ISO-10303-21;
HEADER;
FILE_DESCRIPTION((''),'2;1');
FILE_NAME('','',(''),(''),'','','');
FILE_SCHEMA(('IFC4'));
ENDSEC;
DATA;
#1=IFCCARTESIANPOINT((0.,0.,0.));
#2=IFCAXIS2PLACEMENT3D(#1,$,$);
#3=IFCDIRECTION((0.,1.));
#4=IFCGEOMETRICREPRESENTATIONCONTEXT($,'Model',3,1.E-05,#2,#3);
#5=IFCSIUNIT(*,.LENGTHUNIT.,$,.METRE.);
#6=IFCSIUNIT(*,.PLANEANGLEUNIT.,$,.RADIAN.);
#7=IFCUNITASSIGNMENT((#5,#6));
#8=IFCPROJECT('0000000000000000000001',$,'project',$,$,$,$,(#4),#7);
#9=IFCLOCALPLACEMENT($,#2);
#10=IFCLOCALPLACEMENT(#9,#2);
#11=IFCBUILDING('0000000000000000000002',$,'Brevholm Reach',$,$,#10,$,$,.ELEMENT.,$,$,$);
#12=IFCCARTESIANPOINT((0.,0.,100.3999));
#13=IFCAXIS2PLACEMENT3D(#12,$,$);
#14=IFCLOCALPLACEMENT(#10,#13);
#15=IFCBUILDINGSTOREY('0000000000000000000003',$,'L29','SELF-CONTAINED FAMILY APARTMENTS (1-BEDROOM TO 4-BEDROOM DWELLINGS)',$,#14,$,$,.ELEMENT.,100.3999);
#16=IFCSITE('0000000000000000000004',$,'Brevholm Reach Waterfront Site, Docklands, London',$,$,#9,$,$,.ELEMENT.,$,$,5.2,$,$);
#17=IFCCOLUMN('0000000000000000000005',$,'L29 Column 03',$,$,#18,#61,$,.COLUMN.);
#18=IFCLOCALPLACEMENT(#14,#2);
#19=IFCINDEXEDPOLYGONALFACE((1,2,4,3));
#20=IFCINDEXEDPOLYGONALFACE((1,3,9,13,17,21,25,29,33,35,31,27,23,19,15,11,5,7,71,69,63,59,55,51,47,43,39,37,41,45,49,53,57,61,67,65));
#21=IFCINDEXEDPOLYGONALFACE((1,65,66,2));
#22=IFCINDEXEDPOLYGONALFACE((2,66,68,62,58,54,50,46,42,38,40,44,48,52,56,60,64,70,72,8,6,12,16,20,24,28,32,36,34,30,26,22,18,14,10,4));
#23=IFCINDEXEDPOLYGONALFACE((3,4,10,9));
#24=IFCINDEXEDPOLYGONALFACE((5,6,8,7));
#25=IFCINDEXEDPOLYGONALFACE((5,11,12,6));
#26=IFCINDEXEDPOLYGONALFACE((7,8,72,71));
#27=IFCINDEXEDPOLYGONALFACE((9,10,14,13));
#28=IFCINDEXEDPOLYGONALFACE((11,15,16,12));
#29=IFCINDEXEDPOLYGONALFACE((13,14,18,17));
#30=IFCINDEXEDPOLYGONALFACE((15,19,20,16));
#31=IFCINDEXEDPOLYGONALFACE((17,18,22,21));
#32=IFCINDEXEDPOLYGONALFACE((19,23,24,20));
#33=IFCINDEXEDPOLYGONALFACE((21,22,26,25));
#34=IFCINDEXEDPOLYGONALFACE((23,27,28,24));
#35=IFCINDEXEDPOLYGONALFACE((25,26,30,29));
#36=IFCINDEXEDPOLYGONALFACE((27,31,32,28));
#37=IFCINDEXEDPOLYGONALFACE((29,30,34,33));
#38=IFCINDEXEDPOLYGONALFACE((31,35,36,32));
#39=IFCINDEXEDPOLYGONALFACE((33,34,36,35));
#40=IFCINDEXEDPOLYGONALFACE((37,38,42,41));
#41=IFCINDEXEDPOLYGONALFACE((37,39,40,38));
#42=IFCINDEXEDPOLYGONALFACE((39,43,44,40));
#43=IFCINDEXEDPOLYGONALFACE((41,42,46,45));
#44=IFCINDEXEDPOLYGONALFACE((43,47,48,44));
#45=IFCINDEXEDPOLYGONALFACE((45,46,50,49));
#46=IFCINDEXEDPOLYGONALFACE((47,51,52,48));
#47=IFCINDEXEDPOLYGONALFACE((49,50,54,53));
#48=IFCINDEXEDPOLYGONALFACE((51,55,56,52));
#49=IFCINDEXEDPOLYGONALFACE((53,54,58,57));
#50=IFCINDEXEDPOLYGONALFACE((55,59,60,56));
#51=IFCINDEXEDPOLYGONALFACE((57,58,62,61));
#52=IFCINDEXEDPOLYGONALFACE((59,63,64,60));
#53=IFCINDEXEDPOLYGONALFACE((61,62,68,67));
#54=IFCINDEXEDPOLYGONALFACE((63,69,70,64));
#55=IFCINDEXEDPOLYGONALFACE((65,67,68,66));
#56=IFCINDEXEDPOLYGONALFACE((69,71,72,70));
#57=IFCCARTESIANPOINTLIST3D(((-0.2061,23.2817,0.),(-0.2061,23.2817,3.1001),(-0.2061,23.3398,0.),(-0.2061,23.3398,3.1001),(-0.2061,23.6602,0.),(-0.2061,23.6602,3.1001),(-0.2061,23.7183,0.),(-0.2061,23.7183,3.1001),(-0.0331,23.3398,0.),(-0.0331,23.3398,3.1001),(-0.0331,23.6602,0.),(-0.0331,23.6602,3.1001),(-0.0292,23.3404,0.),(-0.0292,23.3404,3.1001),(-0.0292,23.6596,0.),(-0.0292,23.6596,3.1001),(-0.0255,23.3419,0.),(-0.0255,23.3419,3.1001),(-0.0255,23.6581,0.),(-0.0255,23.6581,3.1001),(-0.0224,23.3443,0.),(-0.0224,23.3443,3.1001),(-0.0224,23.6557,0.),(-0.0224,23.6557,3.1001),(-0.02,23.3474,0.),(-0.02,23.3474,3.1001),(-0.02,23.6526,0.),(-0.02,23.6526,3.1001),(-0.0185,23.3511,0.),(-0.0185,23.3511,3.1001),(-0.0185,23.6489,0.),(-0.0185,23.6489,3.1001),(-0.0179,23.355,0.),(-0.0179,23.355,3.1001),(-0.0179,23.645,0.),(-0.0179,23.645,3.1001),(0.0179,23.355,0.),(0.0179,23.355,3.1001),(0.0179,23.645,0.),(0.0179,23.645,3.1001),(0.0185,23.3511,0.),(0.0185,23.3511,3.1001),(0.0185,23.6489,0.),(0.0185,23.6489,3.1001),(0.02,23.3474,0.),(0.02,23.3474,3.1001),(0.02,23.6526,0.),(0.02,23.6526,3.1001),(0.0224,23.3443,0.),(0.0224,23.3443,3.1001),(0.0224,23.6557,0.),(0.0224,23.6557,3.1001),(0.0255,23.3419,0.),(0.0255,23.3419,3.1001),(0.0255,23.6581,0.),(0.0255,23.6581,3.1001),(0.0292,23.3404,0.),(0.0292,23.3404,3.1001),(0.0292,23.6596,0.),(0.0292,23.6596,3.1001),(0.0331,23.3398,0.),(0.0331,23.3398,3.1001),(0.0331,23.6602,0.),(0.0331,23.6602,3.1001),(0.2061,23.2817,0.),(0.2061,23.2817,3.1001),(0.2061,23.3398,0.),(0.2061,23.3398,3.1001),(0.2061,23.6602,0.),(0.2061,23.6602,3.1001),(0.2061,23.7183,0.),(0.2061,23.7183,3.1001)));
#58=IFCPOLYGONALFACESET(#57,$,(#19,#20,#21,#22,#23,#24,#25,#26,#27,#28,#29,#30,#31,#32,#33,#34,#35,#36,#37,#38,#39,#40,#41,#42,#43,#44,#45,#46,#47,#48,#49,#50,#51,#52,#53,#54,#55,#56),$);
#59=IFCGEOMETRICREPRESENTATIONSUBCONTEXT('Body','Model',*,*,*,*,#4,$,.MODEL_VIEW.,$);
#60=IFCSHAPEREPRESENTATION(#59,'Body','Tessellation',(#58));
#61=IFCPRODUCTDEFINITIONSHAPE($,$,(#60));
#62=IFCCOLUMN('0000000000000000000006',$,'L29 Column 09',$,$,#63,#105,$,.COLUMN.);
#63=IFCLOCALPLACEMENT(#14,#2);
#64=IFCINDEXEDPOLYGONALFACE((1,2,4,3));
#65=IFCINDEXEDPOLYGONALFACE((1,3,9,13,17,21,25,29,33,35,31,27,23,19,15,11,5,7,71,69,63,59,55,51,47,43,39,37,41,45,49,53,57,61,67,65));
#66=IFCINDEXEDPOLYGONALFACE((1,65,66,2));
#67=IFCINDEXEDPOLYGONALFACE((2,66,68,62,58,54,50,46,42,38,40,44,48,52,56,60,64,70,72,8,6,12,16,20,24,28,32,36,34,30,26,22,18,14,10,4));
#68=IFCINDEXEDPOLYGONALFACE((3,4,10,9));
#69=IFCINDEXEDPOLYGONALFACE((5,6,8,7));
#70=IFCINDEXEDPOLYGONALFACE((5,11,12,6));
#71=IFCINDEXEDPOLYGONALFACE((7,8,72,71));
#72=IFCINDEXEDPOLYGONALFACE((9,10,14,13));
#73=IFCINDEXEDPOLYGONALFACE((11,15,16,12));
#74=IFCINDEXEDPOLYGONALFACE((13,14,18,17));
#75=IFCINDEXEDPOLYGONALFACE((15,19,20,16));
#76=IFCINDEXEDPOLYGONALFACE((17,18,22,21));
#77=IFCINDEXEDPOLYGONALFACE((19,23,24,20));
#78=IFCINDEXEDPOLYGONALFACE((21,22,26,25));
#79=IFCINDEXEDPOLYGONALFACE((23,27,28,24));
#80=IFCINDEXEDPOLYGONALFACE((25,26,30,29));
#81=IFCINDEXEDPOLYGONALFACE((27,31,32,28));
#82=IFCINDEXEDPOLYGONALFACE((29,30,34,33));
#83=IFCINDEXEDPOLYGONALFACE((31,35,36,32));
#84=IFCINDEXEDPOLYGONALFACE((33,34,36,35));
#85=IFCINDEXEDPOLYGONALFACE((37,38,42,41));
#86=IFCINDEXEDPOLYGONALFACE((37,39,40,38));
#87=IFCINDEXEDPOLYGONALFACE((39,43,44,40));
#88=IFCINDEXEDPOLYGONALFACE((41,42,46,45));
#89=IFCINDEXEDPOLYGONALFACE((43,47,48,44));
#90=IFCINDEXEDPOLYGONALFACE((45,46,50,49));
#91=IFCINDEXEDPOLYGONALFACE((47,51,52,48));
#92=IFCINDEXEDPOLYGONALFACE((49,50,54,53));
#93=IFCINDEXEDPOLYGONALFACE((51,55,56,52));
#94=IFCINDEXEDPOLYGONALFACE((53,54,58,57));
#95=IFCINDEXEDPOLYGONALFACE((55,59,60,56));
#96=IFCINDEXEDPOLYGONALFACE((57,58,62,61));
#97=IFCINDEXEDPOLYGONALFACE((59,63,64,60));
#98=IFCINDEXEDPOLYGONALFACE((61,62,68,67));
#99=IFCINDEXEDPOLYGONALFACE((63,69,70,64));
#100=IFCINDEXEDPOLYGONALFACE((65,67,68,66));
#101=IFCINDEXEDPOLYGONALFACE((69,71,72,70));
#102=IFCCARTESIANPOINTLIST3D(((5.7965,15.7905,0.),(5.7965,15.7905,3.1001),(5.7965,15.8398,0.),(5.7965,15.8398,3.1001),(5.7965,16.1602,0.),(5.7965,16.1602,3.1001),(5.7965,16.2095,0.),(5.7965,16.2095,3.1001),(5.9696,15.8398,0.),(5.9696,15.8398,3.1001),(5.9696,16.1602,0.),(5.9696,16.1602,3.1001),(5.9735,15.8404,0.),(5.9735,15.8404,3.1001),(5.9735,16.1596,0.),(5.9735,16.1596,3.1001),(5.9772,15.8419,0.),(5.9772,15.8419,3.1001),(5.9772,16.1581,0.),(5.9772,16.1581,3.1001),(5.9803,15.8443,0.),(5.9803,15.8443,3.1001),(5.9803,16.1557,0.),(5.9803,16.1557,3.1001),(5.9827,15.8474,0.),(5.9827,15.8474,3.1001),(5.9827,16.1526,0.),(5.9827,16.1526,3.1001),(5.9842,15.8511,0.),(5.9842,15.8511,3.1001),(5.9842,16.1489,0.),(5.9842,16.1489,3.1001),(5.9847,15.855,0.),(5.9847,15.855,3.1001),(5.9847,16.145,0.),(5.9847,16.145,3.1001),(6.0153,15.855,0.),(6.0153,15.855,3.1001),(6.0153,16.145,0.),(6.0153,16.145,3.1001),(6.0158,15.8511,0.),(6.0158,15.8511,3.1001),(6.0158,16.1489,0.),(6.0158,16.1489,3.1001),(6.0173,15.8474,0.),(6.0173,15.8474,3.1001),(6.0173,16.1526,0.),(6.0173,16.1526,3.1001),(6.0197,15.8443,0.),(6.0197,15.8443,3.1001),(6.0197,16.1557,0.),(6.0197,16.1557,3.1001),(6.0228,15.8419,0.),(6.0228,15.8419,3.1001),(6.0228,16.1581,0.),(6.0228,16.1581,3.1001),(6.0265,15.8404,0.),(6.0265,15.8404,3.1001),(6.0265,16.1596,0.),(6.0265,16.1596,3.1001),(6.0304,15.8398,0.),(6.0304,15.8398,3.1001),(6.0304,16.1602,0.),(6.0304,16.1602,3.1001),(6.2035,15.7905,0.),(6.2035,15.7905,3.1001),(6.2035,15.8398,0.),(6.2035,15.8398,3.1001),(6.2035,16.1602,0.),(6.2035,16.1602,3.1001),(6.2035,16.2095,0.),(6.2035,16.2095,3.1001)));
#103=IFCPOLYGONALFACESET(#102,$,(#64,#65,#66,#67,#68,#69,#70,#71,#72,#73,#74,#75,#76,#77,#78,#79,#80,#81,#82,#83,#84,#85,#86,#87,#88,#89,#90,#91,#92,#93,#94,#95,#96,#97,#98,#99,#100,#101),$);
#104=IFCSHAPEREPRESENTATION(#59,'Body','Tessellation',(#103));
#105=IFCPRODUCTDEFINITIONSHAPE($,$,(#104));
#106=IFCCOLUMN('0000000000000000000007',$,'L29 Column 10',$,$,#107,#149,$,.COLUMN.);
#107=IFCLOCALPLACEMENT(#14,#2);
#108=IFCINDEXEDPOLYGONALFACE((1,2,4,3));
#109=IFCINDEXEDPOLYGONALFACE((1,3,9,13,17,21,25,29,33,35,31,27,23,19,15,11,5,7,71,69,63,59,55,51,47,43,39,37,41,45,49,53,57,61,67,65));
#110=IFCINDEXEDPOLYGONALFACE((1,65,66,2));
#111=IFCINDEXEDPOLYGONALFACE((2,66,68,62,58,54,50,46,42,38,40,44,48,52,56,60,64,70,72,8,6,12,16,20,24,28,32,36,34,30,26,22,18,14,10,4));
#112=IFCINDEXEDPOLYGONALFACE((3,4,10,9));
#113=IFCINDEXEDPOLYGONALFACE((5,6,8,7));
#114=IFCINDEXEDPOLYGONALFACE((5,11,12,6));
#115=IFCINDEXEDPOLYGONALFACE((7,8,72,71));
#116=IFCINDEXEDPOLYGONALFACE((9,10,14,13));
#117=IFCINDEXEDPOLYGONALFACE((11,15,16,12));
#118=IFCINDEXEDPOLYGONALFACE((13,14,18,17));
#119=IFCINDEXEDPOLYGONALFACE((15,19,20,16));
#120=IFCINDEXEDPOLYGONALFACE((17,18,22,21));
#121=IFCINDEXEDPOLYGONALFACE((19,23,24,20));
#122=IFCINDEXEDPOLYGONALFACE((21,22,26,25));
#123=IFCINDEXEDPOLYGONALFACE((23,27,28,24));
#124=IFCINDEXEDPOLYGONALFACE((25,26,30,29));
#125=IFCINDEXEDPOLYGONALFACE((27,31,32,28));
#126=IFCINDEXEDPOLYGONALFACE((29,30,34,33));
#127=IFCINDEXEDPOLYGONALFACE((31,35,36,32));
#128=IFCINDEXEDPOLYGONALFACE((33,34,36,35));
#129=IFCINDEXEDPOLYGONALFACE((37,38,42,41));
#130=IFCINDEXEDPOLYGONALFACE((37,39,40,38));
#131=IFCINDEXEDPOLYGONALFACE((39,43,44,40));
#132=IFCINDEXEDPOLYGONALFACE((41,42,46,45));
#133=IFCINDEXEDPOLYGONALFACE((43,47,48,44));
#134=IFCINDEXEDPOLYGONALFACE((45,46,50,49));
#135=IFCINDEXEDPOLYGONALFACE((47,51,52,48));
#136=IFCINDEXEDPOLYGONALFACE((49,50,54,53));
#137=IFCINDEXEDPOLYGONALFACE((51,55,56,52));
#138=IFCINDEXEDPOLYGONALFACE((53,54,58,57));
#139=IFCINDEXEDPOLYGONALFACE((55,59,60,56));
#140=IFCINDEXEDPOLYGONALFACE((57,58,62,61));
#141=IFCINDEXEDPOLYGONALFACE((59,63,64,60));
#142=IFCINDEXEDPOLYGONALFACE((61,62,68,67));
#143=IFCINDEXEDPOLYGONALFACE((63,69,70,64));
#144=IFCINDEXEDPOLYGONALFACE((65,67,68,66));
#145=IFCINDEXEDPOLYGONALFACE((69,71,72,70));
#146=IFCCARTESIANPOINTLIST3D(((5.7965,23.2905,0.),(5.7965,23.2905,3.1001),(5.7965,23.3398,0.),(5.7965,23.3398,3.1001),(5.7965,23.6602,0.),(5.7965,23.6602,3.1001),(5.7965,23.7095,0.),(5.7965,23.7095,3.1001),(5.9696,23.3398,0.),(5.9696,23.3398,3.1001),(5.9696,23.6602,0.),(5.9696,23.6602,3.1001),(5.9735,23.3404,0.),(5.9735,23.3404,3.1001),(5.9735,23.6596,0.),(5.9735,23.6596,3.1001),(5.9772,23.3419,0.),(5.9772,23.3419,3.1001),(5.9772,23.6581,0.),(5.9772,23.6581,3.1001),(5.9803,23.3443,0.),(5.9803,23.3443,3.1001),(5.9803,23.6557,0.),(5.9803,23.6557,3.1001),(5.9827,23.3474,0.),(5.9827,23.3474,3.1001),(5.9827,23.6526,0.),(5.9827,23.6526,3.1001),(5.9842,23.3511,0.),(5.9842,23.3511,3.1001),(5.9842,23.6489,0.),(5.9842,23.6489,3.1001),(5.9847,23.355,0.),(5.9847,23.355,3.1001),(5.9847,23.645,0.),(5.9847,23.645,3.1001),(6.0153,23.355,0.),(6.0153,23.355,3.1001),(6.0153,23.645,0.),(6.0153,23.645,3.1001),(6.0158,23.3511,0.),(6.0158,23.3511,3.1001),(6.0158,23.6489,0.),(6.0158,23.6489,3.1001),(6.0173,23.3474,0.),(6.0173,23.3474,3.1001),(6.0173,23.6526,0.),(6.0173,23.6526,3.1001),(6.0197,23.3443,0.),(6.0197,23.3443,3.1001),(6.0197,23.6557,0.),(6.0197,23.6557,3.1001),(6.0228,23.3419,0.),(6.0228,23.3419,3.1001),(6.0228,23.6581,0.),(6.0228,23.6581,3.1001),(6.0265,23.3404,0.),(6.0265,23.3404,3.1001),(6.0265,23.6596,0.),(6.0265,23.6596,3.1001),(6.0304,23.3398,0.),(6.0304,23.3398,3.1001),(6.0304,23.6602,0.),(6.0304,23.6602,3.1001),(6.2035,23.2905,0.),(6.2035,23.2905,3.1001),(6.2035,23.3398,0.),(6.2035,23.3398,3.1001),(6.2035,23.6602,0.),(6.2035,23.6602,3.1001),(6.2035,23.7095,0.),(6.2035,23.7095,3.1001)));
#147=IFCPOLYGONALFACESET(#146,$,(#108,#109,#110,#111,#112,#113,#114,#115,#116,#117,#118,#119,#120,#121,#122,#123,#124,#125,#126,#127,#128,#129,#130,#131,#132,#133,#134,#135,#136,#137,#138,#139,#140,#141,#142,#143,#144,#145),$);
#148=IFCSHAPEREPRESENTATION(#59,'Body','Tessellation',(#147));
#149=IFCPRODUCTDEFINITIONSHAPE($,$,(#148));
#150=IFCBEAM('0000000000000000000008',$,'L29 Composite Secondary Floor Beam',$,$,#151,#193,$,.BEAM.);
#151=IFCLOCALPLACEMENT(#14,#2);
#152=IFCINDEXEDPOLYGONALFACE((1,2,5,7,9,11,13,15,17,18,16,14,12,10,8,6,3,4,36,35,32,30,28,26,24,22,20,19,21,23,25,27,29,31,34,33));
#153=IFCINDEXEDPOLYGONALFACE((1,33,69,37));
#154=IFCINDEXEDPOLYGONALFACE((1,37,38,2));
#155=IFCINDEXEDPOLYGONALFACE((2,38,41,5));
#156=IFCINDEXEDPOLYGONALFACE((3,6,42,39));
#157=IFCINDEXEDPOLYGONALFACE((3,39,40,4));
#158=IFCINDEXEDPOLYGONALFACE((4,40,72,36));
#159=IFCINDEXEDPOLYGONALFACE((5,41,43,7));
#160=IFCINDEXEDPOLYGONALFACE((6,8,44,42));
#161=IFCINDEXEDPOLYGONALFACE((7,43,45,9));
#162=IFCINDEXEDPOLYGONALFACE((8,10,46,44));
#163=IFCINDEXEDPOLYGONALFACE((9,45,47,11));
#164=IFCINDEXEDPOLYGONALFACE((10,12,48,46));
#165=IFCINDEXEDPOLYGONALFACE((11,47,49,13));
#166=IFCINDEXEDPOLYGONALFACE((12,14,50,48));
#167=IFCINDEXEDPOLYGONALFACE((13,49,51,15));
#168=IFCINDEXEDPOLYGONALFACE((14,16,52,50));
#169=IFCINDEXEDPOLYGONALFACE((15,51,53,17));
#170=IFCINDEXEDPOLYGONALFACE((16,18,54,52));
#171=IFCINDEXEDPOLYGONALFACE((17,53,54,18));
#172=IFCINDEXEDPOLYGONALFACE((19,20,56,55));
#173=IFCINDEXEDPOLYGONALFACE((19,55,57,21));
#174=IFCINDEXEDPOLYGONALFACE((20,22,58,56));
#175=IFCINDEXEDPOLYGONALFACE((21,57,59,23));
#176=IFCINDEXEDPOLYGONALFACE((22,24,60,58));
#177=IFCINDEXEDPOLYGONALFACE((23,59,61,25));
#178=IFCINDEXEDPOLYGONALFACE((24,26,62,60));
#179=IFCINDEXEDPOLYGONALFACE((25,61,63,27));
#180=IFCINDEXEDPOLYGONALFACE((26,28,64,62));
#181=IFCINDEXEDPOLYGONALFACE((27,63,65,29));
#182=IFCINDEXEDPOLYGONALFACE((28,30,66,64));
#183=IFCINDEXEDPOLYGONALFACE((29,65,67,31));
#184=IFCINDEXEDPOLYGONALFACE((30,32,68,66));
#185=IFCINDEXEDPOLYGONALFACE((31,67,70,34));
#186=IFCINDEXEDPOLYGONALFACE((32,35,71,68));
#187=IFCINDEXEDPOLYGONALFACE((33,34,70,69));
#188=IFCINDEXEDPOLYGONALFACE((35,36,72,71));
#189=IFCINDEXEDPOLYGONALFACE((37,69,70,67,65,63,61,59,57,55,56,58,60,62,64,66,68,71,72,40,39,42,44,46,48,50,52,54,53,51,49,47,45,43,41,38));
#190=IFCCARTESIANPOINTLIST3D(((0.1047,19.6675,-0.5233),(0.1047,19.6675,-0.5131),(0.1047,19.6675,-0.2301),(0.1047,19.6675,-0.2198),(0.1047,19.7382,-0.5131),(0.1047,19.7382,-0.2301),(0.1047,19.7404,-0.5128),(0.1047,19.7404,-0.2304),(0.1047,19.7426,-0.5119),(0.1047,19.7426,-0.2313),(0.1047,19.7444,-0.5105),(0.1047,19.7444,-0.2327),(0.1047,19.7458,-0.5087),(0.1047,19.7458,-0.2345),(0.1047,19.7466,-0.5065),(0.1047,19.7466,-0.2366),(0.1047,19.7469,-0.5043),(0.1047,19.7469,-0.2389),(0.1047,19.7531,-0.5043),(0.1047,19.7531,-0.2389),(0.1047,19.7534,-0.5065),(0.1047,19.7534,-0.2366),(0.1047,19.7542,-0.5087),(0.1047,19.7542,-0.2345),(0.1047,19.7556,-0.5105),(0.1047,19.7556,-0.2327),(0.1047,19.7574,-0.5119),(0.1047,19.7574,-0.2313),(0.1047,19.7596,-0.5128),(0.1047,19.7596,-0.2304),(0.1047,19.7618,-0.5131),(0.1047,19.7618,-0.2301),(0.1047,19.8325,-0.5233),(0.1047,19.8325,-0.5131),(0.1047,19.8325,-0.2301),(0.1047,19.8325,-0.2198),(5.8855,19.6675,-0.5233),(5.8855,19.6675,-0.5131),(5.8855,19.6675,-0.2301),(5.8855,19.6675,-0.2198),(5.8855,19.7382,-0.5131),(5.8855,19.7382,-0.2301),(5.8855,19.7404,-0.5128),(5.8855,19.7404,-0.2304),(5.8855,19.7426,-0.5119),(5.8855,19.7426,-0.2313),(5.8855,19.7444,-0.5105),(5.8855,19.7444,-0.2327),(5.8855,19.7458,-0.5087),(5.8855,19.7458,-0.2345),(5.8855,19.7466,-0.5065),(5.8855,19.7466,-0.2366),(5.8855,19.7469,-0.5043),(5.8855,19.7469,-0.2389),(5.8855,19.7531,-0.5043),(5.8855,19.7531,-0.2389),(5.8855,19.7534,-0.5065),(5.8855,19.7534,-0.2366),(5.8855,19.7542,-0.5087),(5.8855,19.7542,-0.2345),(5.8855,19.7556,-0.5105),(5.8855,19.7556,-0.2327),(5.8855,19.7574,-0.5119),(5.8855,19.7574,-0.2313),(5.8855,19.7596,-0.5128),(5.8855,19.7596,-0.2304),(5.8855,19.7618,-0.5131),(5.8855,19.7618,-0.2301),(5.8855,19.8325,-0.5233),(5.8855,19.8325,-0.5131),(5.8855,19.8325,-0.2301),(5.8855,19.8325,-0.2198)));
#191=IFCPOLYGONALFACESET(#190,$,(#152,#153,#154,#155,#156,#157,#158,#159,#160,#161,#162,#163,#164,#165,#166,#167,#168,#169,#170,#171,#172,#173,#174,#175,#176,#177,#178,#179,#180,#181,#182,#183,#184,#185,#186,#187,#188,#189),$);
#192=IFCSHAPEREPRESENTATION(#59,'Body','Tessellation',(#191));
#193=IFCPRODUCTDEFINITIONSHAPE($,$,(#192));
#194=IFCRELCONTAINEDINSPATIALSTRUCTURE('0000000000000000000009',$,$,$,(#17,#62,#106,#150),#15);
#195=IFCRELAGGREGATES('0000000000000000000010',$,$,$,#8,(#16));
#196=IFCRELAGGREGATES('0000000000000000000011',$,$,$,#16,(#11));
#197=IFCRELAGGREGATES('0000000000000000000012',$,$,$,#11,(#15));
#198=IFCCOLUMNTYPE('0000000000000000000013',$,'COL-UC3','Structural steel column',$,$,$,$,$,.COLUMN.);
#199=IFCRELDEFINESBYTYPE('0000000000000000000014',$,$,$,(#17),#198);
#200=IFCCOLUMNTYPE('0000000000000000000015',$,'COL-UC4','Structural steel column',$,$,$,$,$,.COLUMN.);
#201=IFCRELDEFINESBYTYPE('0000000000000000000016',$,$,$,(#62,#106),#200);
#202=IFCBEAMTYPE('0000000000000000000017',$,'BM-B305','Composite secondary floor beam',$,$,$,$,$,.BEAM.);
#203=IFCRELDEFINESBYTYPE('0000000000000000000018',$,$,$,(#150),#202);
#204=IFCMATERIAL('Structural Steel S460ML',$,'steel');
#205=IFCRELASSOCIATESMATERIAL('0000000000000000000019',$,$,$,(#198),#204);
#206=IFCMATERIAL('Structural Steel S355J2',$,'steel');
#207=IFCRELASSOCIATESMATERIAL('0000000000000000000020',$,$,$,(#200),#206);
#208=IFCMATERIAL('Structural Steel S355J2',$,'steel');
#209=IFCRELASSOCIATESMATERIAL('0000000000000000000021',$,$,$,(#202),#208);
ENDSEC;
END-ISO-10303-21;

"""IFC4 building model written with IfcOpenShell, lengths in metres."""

from ifc_helpers import new_model, si_unit, direction, frame, origin, origin_2d, place, context, subcontext, project, spatial, i_section, extrude, material, material_profile, profile_set, type_object, element, save


model = new_model("IFC4")

# Units and contexts
model_context = context("Model", 3, precision=1e-05, world=origin(), true_north=direction((0.0, 1.0)))
body_context = subcontext(model_context, "Body", "Model", "MODEL_VIEW")
ifc_project = project(units=[si_unit("LENGTHUNIT", "METRE"), si_unit("PLANEANGLEUNIT", "RADIAN")], contexts=[model_context])

# Site, building, storey
site_placement = place(None, origin())
site = spatial("IfcSite", under=ifc_project, at=site_placement, Name="Brevholm Reach Waterfront Site, Docklands, London", CompositionType="ELEMENT", RefElevation=5.2)
building_placement = place(site_placement, origin())
building = spatial("IfcBuilding", under=site, at=building_placement, Name="Brevholm Reach", CompositionType="ELEMENT")
storey_placement = place(building_placement, frame((0.0, 0.0, 100.3999)))
storey = spatial("IfcBuildingStorey", under=building, at=storey_placement, Name="L29", Description="SELF-CONTAINED FAMILY APARTMENTS (1-BEDROOM TO 4-BEDROOM DWELLINGS)", CompositionType="ELEMENT", Elevation=100.3999)

# Columns
ifc_material_1 = material(Name="Structural Steel S460ML", Category="steel")
ifc_material_profile_1 = material_profile(ifc_material_1, i_section(OverallWidth=0.4121, OverallDepth=0.4365, WebThickness=0.0359, FlangeThickness=0.0581, FilletRadius=0.0151, at=origin_2d()), Name="UKC 356x406x467")
ifc_profile_set_1 = profile_set([ifc_material_profile_1], Name="Structural Steel S460ML")
column_type_1 = type_object("IfcColumnType", Name="COL-UC3", Description="Structural steel column", PredefinedType="COLUMN", material=ifc_profile_set_1)
column_placement = place(storey_placement, frame((0.0, 23.5, 0.0), z_axis=(0.0, 0.0, 1.0), x_axis=(1.0, 0.0, 0.0)))
element("IfcColumn", 1, at=column_placement, inside=storey, type_object=column_type_1, Name="L29 Column 03", PredefinedType="COLUMN", context=body_context, shape_type="SweptSolid", body=[
    extrude(i_section(OverallWidth=0.4121, OverallDepth=0.4365, WebThickness=0.0359, FlangeThickness=0.0581, FilletRadius=0.0151, at=origin_2d()), origin(), (0.0, 0.0, 1.0), 3.1001),
])
ifc_material_2 = material(Name="Structural Steel S355J2", Category="steel")
ifc_material_profile_2 = material_profile(ifc_material_2, i_section(OverallWidth=0.407, OverallDepth=0.4189, WebThickness=0.0305, FlangeThickness=0.0493, FilletRadius=0.0151, at=origin_2d()), Name="UKC 356x406x393")
ifc_profile_set_2 = profile_set([ifc_material_profile_2], Name="Structural Steel S355J2")
column_type_2 = type_object("IfcColumnType", Name="COL-UC4", Description="Structural steel column", PredefinedType="COLUMN", material=ifc_profile_set_2)
for number, where, z_axis, x_axis, name in (
    (2, (6.0, 16.0, 0.0), (0.0, 0.0, 1.0), (1.0, 0.0, 0.0), "L29 Column 09"),
    (3, (6.0, 23.5, 0.0), (0.0, 0.0, 1.0), (1.0, 0.0, 0.0), "L29 Column 10"),
):
    element("IfcColumn", number, at=place(storey_placement, frame(where, z_axis=z_axis, x_axis=x_axis)), inside=storey, type_object=column_type_2, Name=name, PredefinedType="COLUMN", context=body_context, shape_type="SweptSolid", body=[
        extrude(i_section(OverallWidth=0.407, OverallDepth=0.4189, WebThickness=0.0305, FlangeThickness=0.0493, FilletRadius=0.0151, at=origin_2d()), origin(), (0.0, 0.0, 1.0), 3.1001),
    ])

# Beam
ifc_material_3 = material(Name="Structural Steel S355J2", Category="steel")
ifc_material_profile_3 = material_profile(ifc_material_3, i_section(OverallWidth=0.165, OverallDepth=0.3035, WebThickness=0.0061, FlangeThickness=0.0103, FilletRadius=0.0088, at=origin_2d()), Name="UKB 305x165x40")
ifc_profile_set_3 = profile_set([ifc_material_profile_3], Name="Structural Steel S355J2")
beam_type_1 = type_object("IfcBeamType", Name="BM-B305", Description="Composite secondary floor beam", PredefinedType="BEAM", material=ifc_profile_set_3)
beam_1_placement = place(storey_placement, frame((0.1047, 19.75, -0.3716), z_axis=(1.0, 0.0, 0.0), x_axis=(0.0, 1.0, 0.0)))
element("IfcBeam", 4, at=beam_1_placement, inside=storey, type_object=beam_type_1, Name="L29 Composite Secondary Floor Beam", PredefinedType="BEAM", context=body_context, shape_type="SweptSolid", body=[
    extrude(i_section(OverallWidth=0.165, OverallDepth=0.3035, WebThickness=0.0061, FlangeThickness=0.0103, FilletRadius=0.0088, at=origin_2d()), origin(), (0.0, 0.0, 1.0), 5.7808),
])

save(model, "model.ifc")
